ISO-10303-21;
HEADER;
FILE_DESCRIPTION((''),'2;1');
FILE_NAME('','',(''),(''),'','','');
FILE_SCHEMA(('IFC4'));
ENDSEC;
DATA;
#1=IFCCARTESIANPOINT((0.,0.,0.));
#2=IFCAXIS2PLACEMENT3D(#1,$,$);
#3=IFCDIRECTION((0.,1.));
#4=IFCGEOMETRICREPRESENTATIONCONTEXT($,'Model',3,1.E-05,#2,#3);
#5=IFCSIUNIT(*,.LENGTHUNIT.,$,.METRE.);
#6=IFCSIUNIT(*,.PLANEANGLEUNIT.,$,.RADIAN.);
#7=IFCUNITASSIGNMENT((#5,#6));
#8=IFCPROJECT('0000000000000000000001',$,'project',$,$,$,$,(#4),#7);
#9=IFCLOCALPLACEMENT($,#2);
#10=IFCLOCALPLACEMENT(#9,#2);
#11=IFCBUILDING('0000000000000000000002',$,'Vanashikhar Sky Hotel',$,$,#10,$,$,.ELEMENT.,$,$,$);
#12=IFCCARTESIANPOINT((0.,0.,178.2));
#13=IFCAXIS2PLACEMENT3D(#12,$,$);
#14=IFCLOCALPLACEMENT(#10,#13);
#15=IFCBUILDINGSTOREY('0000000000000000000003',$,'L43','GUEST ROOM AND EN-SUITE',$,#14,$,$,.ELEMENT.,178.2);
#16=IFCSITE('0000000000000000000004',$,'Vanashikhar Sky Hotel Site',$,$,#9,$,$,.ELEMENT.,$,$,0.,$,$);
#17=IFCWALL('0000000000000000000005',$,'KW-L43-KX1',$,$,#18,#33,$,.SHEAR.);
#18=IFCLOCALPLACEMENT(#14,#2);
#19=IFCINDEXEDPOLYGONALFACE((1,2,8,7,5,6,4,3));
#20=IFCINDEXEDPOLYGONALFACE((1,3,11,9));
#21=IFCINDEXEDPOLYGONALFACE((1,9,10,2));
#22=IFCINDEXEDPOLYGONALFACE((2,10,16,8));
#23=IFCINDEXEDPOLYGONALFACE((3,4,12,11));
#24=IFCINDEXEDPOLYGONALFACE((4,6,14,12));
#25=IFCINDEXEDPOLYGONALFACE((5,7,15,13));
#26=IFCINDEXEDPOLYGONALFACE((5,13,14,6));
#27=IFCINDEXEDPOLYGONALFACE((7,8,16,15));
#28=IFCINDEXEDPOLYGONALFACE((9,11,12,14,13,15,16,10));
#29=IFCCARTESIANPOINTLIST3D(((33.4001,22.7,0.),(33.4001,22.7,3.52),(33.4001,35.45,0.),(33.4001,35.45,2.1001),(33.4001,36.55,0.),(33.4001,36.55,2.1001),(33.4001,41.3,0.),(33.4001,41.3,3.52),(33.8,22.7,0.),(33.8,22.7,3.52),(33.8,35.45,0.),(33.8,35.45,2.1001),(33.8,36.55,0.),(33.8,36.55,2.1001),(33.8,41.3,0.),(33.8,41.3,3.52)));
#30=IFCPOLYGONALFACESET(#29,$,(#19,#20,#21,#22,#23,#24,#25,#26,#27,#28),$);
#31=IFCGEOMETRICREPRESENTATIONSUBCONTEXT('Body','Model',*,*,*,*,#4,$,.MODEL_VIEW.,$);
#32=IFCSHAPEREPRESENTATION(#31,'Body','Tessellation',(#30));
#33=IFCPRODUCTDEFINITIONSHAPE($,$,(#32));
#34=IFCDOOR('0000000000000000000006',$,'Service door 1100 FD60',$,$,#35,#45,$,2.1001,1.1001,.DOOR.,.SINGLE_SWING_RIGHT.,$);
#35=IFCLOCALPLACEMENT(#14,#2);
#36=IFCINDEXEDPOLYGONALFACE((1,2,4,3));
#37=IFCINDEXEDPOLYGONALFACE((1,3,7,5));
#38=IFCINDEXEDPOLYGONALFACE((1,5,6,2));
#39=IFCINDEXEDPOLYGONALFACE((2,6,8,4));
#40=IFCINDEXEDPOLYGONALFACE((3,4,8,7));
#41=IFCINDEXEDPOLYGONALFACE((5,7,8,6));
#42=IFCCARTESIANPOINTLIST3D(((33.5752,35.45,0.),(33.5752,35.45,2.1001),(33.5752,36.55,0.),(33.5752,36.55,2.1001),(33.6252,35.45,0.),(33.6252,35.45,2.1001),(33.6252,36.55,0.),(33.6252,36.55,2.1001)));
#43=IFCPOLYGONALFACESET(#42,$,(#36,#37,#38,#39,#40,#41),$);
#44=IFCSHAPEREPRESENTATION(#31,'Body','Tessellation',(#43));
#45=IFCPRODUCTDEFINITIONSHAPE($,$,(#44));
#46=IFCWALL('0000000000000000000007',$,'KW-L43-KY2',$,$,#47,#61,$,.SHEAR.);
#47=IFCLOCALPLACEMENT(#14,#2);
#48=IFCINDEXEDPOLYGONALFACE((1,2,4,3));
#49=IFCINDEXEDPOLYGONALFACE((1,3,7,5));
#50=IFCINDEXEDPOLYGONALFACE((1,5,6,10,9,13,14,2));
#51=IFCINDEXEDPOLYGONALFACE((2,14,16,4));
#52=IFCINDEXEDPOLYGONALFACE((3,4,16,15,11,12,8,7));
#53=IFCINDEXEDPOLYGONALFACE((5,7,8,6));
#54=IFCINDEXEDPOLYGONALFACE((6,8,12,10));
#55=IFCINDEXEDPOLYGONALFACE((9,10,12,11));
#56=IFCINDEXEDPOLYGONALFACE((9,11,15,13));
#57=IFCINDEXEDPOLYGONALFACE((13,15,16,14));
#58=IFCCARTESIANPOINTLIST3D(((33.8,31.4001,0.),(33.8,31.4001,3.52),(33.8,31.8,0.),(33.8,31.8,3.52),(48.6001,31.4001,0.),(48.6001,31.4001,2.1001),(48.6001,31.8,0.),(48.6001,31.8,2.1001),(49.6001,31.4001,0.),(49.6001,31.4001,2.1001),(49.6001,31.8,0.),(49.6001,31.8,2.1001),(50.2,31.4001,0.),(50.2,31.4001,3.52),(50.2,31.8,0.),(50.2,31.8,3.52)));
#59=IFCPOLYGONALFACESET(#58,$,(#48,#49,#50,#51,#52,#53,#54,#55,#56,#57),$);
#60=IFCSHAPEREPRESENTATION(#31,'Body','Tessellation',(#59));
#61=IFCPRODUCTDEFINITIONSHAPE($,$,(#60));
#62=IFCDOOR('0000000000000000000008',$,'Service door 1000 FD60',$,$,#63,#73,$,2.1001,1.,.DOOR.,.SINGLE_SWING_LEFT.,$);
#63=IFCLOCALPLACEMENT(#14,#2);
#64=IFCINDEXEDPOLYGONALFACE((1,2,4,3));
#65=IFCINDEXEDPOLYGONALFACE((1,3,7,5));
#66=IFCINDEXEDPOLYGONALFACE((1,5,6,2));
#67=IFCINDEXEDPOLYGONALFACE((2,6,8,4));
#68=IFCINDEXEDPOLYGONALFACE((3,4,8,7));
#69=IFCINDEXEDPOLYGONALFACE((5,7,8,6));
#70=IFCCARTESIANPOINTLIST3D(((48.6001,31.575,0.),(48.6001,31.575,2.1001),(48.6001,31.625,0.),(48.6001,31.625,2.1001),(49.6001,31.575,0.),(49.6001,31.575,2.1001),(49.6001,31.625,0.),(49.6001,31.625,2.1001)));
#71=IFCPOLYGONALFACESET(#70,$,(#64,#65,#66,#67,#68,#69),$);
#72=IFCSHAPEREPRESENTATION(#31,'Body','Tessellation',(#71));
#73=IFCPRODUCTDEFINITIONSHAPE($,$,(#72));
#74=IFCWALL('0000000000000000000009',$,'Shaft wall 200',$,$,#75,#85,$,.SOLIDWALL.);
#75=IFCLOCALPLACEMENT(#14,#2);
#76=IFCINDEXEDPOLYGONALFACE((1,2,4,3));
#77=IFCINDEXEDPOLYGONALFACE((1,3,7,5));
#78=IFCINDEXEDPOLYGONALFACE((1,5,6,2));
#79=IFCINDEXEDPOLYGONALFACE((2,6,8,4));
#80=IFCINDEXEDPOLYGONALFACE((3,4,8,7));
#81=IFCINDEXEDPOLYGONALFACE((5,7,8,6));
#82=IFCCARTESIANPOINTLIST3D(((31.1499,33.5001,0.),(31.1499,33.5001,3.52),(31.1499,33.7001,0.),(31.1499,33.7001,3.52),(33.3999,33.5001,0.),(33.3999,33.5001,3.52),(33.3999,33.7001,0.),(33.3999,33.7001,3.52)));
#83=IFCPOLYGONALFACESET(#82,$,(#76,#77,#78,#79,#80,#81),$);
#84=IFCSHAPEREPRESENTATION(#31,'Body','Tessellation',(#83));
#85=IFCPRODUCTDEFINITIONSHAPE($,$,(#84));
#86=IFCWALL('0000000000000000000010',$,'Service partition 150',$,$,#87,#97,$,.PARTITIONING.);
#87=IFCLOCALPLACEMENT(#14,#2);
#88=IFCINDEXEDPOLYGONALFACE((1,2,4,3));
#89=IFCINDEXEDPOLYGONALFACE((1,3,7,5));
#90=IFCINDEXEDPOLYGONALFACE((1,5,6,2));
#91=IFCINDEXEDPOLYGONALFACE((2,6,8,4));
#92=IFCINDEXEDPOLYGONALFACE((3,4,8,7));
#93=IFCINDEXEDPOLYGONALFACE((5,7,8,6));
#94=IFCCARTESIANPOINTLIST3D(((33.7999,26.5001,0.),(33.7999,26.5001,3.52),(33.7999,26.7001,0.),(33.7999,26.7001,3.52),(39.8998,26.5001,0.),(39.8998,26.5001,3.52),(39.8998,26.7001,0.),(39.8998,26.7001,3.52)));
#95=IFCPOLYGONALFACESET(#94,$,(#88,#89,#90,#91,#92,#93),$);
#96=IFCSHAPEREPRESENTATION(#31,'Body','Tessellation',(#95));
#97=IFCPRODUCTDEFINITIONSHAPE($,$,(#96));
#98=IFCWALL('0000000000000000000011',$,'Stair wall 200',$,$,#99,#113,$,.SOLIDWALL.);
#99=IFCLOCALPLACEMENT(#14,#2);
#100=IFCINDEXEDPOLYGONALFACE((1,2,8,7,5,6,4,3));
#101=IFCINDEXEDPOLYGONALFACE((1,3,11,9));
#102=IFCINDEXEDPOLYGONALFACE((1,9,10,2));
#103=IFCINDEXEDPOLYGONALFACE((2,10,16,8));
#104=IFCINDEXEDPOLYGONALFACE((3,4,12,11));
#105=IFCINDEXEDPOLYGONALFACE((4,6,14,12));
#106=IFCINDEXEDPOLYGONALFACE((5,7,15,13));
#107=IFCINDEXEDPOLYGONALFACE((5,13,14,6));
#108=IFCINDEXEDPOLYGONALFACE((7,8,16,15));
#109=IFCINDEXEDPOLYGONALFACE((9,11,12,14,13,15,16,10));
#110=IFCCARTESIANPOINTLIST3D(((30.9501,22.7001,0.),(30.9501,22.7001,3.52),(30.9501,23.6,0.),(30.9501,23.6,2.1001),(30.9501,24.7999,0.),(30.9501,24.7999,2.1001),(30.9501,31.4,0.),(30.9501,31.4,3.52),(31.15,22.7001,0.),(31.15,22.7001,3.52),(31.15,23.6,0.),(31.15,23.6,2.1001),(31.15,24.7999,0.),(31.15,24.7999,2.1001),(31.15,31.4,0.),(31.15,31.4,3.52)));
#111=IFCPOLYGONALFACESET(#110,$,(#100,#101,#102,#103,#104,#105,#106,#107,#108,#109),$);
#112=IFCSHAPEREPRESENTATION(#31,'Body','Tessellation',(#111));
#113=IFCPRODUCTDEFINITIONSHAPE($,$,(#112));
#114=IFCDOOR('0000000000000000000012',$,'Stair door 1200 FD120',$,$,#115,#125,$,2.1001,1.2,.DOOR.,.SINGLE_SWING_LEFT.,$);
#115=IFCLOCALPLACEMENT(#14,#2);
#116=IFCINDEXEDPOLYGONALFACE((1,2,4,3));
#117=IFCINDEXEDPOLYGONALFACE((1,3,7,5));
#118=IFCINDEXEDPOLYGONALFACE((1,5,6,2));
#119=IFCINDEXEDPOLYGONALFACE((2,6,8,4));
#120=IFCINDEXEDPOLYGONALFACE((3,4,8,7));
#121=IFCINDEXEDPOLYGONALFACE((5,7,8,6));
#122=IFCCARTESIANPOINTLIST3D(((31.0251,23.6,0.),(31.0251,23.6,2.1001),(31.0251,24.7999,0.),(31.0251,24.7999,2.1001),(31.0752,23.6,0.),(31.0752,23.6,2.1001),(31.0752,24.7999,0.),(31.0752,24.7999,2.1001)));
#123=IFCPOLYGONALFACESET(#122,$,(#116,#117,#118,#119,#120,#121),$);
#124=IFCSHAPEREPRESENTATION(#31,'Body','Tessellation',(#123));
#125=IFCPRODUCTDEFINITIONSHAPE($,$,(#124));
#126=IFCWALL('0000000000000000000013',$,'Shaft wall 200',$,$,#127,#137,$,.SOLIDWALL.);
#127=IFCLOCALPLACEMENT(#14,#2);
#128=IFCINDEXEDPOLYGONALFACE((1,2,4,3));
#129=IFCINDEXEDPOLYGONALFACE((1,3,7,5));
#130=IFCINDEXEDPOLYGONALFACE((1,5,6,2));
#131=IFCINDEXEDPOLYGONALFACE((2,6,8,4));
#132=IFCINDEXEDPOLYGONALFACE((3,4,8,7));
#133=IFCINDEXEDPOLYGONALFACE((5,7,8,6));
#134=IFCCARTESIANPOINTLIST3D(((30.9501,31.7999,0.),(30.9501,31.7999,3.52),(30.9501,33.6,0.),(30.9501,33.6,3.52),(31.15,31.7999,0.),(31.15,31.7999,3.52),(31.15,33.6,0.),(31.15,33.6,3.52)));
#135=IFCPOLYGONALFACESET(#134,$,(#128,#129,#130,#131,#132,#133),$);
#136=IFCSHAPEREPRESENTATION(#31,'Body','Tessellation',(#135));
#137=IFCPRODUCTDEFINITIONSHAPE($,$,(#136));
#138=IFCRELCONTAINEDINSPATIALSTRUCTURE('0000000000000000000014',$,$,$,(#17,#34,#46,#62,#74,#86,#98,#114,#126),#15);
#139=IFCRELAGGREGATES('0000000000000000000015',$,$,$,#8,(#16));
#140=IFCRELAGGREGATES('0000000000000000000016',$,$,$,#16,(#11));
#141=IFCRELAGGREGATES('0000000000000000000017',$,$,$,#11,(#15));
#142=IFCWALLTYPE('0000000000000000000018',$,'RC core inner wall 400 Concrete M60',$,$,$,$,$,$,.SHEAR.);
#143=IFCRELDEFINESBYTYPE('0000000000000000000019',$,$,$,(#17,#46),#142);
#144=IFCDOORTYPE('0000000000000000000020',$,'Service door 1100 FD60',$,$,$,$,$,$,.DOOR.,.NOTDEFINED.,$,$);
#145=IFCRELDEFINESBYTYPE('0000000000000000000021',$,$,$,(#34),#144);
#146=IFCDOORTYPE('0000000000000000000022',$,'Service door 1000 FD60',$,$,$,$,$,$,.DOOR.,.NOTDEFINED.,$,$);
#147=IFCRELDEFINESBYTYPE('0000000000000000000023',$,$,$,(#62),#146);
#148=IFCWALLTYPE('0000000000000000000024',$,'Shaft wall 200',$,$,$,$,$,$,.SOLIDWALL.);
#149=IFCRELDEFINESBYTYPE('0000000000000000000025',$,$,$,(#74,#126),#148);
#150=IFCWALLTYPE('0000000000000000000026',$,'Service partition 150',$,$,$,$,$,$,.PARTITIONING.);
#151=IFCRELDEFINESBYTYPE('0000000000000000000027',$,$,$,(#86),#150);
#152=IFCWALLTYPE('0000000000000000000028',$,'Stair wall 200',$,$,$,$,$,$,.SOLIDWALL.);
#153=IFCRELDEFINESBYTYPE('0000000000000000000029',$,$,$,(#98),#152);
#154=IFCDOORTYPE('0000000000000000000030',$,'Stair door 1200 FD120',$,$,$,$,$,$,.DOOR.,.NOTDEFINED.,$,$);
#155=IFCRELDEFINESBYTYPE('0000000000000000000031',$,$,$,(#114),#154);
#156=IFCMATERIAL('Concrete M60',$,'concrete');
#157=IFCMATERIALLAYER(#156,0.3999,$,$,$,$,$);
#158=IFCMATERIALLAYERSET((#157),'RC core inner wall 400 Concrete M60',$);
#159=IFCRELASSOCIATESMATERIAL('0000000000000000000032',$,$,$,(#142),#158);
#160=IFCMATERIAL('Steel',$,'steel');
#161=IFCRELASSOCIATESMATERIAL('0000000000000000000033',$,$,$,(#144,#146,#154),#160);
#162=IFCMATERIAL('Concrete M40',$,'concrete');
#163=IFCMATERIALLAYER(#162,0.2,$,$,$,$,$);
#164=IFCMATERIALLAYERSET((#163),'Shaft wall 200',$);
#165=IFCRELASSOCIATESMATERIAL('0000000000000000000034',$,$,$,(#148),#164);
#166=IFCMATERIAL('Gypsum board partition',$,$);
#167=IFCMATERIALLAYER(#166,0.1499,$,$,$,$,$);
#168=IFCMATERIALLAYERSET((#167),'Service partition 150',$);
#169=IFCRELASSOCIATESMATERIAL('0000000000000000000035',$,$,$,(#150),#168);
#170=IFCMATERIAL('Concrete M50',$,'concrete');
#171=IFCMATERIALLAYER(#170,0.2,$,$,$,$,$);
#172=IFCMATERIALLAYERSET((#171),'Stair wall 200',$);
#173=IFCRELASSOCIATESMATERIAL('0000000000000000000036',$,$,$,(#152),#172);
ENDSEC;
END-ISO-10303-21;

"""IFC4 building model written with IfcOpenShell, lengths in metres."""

from ifc_helpers import new_model, si_unit, direction, frame, frame_2d, origin, place, context, subcontext, project, spatial, rectangle, extrude, source, transform, mapped, material, layer, layer_set, type_object, element, fill, save


model = new_model("IFC4")

# Units and contexts
model_context = context("Model", 3, precision=1e-05, world=origin(), true_north=direction((0.0, 1.0)))
body_context = subcontext(model_context, "Body", "Model", "MODEL_VIEW")
ifc_project = project(units=[si_unit("LENGTHUNIT", "METRE"), si_unit("PLANEANGLEUNIT", "RADIAN")], contexts=[model_context])

# Site, building, storey
site_placement = place(None, origin())
site = spatial("IfcSite", under=ifc_project, at=site_placement, Name="Vanashikhar Sky Hotel Site", CompositionType="ELEMENT", RefElevation=0.0)
building_placement = place(site_placement, origin())
building = spatial("IfcBuilding", under=site, at=building_placement, Name="Vanashikhar Sky Hotel", CompositionType="ELEMENT")
storey_placement = place(building_placement, frame((0.0, 0.0, 178.2)))
storey = spatial("IfcBuildingStorey", under=building, at=storey_placement, Name="L43", Description="GUEST ROOM AND EN-SUITE", CompositionType="ELEMENT", Elevation=178.2)

# Walls, openings, doors
ifc_material_1 = material(Name="Concrete M60", Category="concrete")
ifc_layer_1 = layer(ifc_material_1, 0.3999)
ifc_layer_set_1 = layer_set([ifc_layer_1], Name="RC core inner wall 400 Concrete M60")
wall_type_1 = type_object("IfcWallType", Name="RC core inner wall 400 Concrete M60", PredefinedType="SHEAR", material=ifc_layer_set_1)
shared_shape_1 = source(origin(), body_context, "Body", "SweptSolid", [
    extrude(rectangle(XDim=18.6001, YDim=0.3999, at=frame_2d((9.3, 0.0))), origin(), (0.0, 0.0, 1.0), 3.52),
])
wall_1_placement = place(storey_placement, frame((33.6001, 22.7, 0.0), z_axis=(0.0, 0.0, 1.0), x_axis=(0.0, 1.0, 0.0)))
wall_1 = element("IfcWall", 1, at=wall_1_placement, inside=storey, type_object=wall_type_1, Name="KW-L43-KX1", PredefinedType="SHEAR", context=body_context, shape_type="MappedRepresentation", body=[
    mapped(shared_shape_1, transform((0.0, 0.0, 0.0), scale=1.0)),
])
shared_shape_2 = source(origin(), body_context, "Body", "SweptSolid", [
    extrude(rectangle(XDim=1.1001, YDim=2.1001, at=frame_2d((0.55, 1.05))), frame((0.0, 0.21, 0.0), z_axis=(0.0, -1.0, 0.0), x_axis=(1.0, 0.0, 0.0)), (0.0, 0.0, 1.0), 0.4199),
])
opening_1_placement = place(wall_1_placement, frame((12.75, 0.0, 0.0)))
opening_1 = element("IfcOpeningElement", 2, at=opening_1_placement, cuts=wall_1, PredefinedType="OPENING", context=body_context, shape_type="MappedRepresentation", body=[
    mapped(shared_shape_2, transform((0.0, 0.0, 0.0), scale=1.0)),
])
ifc_material_2 = material(Name="Steel", Category="steel")
door_type_1 = type_object("IfcDoorType", Name="Service door 1100 FD60", OperationType="NOTDEFINED", PredefinedType="DOOR", material=ifc_material_2)
shared_shape_3 = source(origin(), body_context, "Body", "SweptSolid", [
    extrude(rectangle(XDim=1.1001, YDim=2.1001, at=frame_2d((0.55, 1.05))), frame((0.0, 0.0249, 0.0), z_axis=(0.0, -1.0, 0.0), x_axis=(1.0, 0.0, 0.0)), (0.0, 0.0, 1.0), 0.05),
])
door_1_placement = place(opening_1_placement, origin())
door_1 = element("IfcDoor", 3, at=door_1_placement, inside=storey, type_object=door_type_1, Name="Service door 1100 FD60", OperationType="SINGLE_SWING_RIGHT", OverallHeight=2.1001, OverallWidth=1.1001, PredefinedType="DOOR", context=body_context, shape_type="MappedRepresentation", body=[
    mapped(shared_shape_3, transform((0.0, 0.0, 0.0), scale=1.0)),
])
fill(opening_1, door_1)
shared_shape_4 = source(origin(), body_context, "Body", "SweptSolid", [
    extrude(rectangle(XDim=16.3999, YDim=0.3999, at=frame_2d((8.2, 0.0))), origin(), (0.0, 0.0, 1.0), 3.52),
])
wall_2_placement = place(storey_placement, frame((33.8, 31.6001, 0.0), z_axis=(0.0, 0.0, 1.0), x_axis=(1.0, 0.0, 0.0)))
wall_2 = element("IfcWall", 4, at=wall_2_placement, inside=storey, type_object=wall_type_1, Name="KW-L43-KY2", PredefinedType="SHEAR", context=body_context, shape_type="MappedRepresentation", body=[
    mapped(shared_shape_4, transform((0.0, 0.0, 0.0), scale=1.0)),
])
shared_shape_5 = source(origin(), body_context, "Body", "SweptSolid", [
    extrude(rectangle(XDim=1.0, YDim=2.1001, at=frame_2d((0.5, 1.05))), frame((0.0, 0.21, 0.0), z_axis=(0.0, -1.0, 0.0), x_axis=(1.0, 0.0, 0.0)), (0.0, 0.0, 1.0), 0.4199),
])
opening_2_placement = place(wall_2_placement, frame((14.8, 0.0, 0.0)))
opening_2 = element("IfcOpeningElement", 5, at=opening_2_placement, cuts=wall_2, PredefinedType="OPENING", context=body_context, shape_type="MappedRepresentation", body=[
    mapped(shared_shape_5, transform((0.0, 0.0, 0.0), scale=1.0)),
])
door_type_2 = type_object("IfcDoorType", Name="Service door 1000 FD60", OperationType="NOTDEFINED", PredefinedType="DOOR", material=ifc_material_2)
shared_shape_6 = source(origin(), body_context, "Body", "SweptSolid", [
    extrude(rectangle(XDim=1.0, YDim=2.1001, at=frame_2d((0.5, 1.05))), frame((0.0, 0.0249, 0.0), z_axis=(0.0, -1.0, 0.0), x_axis=(1.0, 0.0, 0.0)), (0.0, 0.0, 1.0), 0.05),
])
door_2_placement = place(opening_2_placement, origin())
door_2 = element("IfcDoor", 6, at=door_2_placement, inside=storey, type_object=door_type_2, Name="Service door 1000 FD60", OperationType="SINGLE_SWING_LEFT", OverallHeight=2.1001, OverallWidth=1.0, PredefinedType="DOOR", context=body_context, shape_type="MappedRepresentation", body=[
    mapped(shared_shape_6, transform((0.0, 0.0, 0.0), scale=1.0)),
])
fill(opening_2, door_2)

# Walls
ifc_material_3 = material(Name="Concrete M40", Category="concrete")
ifc_layer_2 = layer(ifc_material_3, 0.2)
ifc_layer_set_2 = layer_set([ifc_layer_2], Name="Shaft wall 200")
wall_type_2 = type_object("IfcWallType", Name="Shaft wall 200", PredefinedType="SOLIDWALL", material=ifc_layer_set_2)
shared_shape_7 = source(origin(), body_context, "Body", "SweptSolid", [
    extrude(rectangle(XDim=2.25, YDim=0.2, at=frame_2d((1.125, 0.0))), origin(), (0.0, 0.0, 1.0), 3.52),
])
wall_3_placement = place(storey_placement, frame((31.1499, 33.6001, 0.0), z_axis=(0.0, 0.0, 1.0), x_axis=(1.0, 0.0, 0.0)))
element("IfcWall", 7, at=wall_3_placement, inside=storey, type_object=wall_type_2, Name="Shaft wall 200", PredefinedType="SOLIDWALL", context=body_context, shape_type="MappedRepresentation", body=[
    mapped(shared_shape_7, transform((0.0, 0.0, 0.0), scale=1.0)),
])
ifc_material_4 = material(Name="Gypsum board partition")
ifc_layer_3 = layer(ifc_material_4, 0.1499)
ifc_layer_set_3 = layer_set([ifc_layer_3], Name="Service partition 150")
wall_type_3 = type_object("IfcWallType", Name="Service partition 150", PredefinedType="PARTITIONING", material=ifc_layer_set_3)
shared_shape_8 = source(origin(), body_context, "Body", "SweptSolid", [
    extrude(rectangle(XDim=6.0999, YDim=0.2, at=frame_2d((3.0498, 0.0))), origin(), (0.0, 0.0, 1.0), 3.52),
])
wall_4_placement = place(storey_placement, frame((33.8, 26.6001, 0.0), z_axis=(0.0, 0.0, 1.0), x_axis=(1.0, 0.0, 0.0)))
element("IfcWall", 8, at=wall_4_placement, inside=storey, type_object=wall_type_3, Name="Service partition 150", PredefinedType="PARTITIONING", context=body_context, shape_type="MappedRepresentation", body=[
    mapped(shared_shape_8, transform((0.0, 0.0, 0.0), scale=1.0)),
])

# Wall, opening, door
ifc_material_5 = material(Name="Concrete M50", Category="concrete")
ifc_layer_4 = layer(ifc_material_5, 0.2)
ifc_layer_set_4 = layer_set([ifc_layer_4], Name="Stair wall 200")
wall_type_4 = type_object("IfcWallType", Name="Stair wall 200", PredefinedType="SOLIDWALL", material=ifc_layer_set_4)
shared_shape_9 = source(origin(), body_context, "Body", "SweptSolid", [
    extrude(rectangle(XDim=8.7, YDim=0.2, at=frame_2d((4.3501, 0.0))), origin(), (0.0, 0.0, 1.0), 3.52),
])
wall_5_placement = place(storey_placement, frame((31.05, 22.7, 0.0), z_axis=(0.0, 0.0, 1.0), x_axis=(0.0, 1.0, 0.0)))
wall_5 = element("IfcWall", 9, at=wall_5_placement, inside=storey, type_object=wall_type_4, Name="Stair wall 200", PredefinedType="SOLIDWALL", context=body_context, shape_type="MappedRepresentation", body=[
    mapped(shared_shape_9, transform((0.0, 0.0, 0.0), scale=1.0)),
])
shared_shape_10 = source(origin(), body_context, "Body", "SweptSolid", [
    extrude(rectangle(XDim=1.2, YDim=2.1001, at=frame_2d((0.6001, 1.05))), frame((0.0, 0.1099, 0.0), z_axis=(0.0, -1.0, 0.0), x_axis=(1.0, 0.0, 0.0)), (0.0, 0.0, 1.0), 0.22),
])
opening_3_placement = place(wall_5_placement, frame((0.8999, 0.0, 0.0)))
opening_3 = element("IfcOpeningElement", 10, at=opening_3_placement, cuts=wall_5, PredefinedType="OPENING", context=body_context, shape_type="MappedRepresentation", body=[
    mapped(shared_shape_10, transform((0.0, 0.0, 0.0), scale=1.0)),
])
door_type_3 = type_object("IfcDoorType", Name="Stair door 1200 FD120", OperationType="NOTDEFINED", PredefinedType="DOOR", material=ifc_material_2)
shared_shape_11 = source(origin(), body_context, "Body", "SweptSolid", [
    extrude(rectangle(XDim=1.2, YDim=2.1001, at=frame_2d((0.6001, 1.05))), frame((0.0, 0.0249, 0.0), z_axis=(0.0, -1.0, 0.0), x_axis=(1.0, 0.0, 0.0)), (0.0, 0.0, 1.0), 0.05),
])
door_3_placement = place(opening_3_placement, origin())
door_3 = element("IfcDoor", 11, at=door_3_placement, inside=storey, type_object=door_type_3, Name="Stair door 1200 FD120", OperationType="SINGLE_SWING_LEFT", OverallHeight=2.1001, OverallWidth=1.2, PredefinedType="DOOR", context=body_context, shape_type="MappedRepresentation", body=[
    mapped(shared_shape_11, transform((0.0, 0.0, 0.0), scale=1.0)),
])
fill(opening_3, door_3)

# Wall
shared_shape_12 = source(origin(), body_context, "Body", "SweptSolid", [
    extrude(rectangle(XDim=1.8, YDim=0.2, at=frame_2d((0.8999, 0.0))), origin(), (0.0, 0.0, 1.0), 3.52),
])
wall_6_placement = place(storey_placement, frame((31.05, 31.8, 0.0), z_axis=(0.0, 0.0, 1.0), x_axis=(0.0, 1.0, 0.0)))
element("IfcWall", 12, at=wall_6_placement, inside=storey, type_object=wall_type_2, Name="Shaft wall 200", PredefinedType="SOLIDWALL", context=body_context, shape_type="MappedRepresentation", body=[
    mapped(shared_shape_12, transform((0.0, 0.0, 0.0), scale=1.0)),
])

save(model, "model.ifc")
